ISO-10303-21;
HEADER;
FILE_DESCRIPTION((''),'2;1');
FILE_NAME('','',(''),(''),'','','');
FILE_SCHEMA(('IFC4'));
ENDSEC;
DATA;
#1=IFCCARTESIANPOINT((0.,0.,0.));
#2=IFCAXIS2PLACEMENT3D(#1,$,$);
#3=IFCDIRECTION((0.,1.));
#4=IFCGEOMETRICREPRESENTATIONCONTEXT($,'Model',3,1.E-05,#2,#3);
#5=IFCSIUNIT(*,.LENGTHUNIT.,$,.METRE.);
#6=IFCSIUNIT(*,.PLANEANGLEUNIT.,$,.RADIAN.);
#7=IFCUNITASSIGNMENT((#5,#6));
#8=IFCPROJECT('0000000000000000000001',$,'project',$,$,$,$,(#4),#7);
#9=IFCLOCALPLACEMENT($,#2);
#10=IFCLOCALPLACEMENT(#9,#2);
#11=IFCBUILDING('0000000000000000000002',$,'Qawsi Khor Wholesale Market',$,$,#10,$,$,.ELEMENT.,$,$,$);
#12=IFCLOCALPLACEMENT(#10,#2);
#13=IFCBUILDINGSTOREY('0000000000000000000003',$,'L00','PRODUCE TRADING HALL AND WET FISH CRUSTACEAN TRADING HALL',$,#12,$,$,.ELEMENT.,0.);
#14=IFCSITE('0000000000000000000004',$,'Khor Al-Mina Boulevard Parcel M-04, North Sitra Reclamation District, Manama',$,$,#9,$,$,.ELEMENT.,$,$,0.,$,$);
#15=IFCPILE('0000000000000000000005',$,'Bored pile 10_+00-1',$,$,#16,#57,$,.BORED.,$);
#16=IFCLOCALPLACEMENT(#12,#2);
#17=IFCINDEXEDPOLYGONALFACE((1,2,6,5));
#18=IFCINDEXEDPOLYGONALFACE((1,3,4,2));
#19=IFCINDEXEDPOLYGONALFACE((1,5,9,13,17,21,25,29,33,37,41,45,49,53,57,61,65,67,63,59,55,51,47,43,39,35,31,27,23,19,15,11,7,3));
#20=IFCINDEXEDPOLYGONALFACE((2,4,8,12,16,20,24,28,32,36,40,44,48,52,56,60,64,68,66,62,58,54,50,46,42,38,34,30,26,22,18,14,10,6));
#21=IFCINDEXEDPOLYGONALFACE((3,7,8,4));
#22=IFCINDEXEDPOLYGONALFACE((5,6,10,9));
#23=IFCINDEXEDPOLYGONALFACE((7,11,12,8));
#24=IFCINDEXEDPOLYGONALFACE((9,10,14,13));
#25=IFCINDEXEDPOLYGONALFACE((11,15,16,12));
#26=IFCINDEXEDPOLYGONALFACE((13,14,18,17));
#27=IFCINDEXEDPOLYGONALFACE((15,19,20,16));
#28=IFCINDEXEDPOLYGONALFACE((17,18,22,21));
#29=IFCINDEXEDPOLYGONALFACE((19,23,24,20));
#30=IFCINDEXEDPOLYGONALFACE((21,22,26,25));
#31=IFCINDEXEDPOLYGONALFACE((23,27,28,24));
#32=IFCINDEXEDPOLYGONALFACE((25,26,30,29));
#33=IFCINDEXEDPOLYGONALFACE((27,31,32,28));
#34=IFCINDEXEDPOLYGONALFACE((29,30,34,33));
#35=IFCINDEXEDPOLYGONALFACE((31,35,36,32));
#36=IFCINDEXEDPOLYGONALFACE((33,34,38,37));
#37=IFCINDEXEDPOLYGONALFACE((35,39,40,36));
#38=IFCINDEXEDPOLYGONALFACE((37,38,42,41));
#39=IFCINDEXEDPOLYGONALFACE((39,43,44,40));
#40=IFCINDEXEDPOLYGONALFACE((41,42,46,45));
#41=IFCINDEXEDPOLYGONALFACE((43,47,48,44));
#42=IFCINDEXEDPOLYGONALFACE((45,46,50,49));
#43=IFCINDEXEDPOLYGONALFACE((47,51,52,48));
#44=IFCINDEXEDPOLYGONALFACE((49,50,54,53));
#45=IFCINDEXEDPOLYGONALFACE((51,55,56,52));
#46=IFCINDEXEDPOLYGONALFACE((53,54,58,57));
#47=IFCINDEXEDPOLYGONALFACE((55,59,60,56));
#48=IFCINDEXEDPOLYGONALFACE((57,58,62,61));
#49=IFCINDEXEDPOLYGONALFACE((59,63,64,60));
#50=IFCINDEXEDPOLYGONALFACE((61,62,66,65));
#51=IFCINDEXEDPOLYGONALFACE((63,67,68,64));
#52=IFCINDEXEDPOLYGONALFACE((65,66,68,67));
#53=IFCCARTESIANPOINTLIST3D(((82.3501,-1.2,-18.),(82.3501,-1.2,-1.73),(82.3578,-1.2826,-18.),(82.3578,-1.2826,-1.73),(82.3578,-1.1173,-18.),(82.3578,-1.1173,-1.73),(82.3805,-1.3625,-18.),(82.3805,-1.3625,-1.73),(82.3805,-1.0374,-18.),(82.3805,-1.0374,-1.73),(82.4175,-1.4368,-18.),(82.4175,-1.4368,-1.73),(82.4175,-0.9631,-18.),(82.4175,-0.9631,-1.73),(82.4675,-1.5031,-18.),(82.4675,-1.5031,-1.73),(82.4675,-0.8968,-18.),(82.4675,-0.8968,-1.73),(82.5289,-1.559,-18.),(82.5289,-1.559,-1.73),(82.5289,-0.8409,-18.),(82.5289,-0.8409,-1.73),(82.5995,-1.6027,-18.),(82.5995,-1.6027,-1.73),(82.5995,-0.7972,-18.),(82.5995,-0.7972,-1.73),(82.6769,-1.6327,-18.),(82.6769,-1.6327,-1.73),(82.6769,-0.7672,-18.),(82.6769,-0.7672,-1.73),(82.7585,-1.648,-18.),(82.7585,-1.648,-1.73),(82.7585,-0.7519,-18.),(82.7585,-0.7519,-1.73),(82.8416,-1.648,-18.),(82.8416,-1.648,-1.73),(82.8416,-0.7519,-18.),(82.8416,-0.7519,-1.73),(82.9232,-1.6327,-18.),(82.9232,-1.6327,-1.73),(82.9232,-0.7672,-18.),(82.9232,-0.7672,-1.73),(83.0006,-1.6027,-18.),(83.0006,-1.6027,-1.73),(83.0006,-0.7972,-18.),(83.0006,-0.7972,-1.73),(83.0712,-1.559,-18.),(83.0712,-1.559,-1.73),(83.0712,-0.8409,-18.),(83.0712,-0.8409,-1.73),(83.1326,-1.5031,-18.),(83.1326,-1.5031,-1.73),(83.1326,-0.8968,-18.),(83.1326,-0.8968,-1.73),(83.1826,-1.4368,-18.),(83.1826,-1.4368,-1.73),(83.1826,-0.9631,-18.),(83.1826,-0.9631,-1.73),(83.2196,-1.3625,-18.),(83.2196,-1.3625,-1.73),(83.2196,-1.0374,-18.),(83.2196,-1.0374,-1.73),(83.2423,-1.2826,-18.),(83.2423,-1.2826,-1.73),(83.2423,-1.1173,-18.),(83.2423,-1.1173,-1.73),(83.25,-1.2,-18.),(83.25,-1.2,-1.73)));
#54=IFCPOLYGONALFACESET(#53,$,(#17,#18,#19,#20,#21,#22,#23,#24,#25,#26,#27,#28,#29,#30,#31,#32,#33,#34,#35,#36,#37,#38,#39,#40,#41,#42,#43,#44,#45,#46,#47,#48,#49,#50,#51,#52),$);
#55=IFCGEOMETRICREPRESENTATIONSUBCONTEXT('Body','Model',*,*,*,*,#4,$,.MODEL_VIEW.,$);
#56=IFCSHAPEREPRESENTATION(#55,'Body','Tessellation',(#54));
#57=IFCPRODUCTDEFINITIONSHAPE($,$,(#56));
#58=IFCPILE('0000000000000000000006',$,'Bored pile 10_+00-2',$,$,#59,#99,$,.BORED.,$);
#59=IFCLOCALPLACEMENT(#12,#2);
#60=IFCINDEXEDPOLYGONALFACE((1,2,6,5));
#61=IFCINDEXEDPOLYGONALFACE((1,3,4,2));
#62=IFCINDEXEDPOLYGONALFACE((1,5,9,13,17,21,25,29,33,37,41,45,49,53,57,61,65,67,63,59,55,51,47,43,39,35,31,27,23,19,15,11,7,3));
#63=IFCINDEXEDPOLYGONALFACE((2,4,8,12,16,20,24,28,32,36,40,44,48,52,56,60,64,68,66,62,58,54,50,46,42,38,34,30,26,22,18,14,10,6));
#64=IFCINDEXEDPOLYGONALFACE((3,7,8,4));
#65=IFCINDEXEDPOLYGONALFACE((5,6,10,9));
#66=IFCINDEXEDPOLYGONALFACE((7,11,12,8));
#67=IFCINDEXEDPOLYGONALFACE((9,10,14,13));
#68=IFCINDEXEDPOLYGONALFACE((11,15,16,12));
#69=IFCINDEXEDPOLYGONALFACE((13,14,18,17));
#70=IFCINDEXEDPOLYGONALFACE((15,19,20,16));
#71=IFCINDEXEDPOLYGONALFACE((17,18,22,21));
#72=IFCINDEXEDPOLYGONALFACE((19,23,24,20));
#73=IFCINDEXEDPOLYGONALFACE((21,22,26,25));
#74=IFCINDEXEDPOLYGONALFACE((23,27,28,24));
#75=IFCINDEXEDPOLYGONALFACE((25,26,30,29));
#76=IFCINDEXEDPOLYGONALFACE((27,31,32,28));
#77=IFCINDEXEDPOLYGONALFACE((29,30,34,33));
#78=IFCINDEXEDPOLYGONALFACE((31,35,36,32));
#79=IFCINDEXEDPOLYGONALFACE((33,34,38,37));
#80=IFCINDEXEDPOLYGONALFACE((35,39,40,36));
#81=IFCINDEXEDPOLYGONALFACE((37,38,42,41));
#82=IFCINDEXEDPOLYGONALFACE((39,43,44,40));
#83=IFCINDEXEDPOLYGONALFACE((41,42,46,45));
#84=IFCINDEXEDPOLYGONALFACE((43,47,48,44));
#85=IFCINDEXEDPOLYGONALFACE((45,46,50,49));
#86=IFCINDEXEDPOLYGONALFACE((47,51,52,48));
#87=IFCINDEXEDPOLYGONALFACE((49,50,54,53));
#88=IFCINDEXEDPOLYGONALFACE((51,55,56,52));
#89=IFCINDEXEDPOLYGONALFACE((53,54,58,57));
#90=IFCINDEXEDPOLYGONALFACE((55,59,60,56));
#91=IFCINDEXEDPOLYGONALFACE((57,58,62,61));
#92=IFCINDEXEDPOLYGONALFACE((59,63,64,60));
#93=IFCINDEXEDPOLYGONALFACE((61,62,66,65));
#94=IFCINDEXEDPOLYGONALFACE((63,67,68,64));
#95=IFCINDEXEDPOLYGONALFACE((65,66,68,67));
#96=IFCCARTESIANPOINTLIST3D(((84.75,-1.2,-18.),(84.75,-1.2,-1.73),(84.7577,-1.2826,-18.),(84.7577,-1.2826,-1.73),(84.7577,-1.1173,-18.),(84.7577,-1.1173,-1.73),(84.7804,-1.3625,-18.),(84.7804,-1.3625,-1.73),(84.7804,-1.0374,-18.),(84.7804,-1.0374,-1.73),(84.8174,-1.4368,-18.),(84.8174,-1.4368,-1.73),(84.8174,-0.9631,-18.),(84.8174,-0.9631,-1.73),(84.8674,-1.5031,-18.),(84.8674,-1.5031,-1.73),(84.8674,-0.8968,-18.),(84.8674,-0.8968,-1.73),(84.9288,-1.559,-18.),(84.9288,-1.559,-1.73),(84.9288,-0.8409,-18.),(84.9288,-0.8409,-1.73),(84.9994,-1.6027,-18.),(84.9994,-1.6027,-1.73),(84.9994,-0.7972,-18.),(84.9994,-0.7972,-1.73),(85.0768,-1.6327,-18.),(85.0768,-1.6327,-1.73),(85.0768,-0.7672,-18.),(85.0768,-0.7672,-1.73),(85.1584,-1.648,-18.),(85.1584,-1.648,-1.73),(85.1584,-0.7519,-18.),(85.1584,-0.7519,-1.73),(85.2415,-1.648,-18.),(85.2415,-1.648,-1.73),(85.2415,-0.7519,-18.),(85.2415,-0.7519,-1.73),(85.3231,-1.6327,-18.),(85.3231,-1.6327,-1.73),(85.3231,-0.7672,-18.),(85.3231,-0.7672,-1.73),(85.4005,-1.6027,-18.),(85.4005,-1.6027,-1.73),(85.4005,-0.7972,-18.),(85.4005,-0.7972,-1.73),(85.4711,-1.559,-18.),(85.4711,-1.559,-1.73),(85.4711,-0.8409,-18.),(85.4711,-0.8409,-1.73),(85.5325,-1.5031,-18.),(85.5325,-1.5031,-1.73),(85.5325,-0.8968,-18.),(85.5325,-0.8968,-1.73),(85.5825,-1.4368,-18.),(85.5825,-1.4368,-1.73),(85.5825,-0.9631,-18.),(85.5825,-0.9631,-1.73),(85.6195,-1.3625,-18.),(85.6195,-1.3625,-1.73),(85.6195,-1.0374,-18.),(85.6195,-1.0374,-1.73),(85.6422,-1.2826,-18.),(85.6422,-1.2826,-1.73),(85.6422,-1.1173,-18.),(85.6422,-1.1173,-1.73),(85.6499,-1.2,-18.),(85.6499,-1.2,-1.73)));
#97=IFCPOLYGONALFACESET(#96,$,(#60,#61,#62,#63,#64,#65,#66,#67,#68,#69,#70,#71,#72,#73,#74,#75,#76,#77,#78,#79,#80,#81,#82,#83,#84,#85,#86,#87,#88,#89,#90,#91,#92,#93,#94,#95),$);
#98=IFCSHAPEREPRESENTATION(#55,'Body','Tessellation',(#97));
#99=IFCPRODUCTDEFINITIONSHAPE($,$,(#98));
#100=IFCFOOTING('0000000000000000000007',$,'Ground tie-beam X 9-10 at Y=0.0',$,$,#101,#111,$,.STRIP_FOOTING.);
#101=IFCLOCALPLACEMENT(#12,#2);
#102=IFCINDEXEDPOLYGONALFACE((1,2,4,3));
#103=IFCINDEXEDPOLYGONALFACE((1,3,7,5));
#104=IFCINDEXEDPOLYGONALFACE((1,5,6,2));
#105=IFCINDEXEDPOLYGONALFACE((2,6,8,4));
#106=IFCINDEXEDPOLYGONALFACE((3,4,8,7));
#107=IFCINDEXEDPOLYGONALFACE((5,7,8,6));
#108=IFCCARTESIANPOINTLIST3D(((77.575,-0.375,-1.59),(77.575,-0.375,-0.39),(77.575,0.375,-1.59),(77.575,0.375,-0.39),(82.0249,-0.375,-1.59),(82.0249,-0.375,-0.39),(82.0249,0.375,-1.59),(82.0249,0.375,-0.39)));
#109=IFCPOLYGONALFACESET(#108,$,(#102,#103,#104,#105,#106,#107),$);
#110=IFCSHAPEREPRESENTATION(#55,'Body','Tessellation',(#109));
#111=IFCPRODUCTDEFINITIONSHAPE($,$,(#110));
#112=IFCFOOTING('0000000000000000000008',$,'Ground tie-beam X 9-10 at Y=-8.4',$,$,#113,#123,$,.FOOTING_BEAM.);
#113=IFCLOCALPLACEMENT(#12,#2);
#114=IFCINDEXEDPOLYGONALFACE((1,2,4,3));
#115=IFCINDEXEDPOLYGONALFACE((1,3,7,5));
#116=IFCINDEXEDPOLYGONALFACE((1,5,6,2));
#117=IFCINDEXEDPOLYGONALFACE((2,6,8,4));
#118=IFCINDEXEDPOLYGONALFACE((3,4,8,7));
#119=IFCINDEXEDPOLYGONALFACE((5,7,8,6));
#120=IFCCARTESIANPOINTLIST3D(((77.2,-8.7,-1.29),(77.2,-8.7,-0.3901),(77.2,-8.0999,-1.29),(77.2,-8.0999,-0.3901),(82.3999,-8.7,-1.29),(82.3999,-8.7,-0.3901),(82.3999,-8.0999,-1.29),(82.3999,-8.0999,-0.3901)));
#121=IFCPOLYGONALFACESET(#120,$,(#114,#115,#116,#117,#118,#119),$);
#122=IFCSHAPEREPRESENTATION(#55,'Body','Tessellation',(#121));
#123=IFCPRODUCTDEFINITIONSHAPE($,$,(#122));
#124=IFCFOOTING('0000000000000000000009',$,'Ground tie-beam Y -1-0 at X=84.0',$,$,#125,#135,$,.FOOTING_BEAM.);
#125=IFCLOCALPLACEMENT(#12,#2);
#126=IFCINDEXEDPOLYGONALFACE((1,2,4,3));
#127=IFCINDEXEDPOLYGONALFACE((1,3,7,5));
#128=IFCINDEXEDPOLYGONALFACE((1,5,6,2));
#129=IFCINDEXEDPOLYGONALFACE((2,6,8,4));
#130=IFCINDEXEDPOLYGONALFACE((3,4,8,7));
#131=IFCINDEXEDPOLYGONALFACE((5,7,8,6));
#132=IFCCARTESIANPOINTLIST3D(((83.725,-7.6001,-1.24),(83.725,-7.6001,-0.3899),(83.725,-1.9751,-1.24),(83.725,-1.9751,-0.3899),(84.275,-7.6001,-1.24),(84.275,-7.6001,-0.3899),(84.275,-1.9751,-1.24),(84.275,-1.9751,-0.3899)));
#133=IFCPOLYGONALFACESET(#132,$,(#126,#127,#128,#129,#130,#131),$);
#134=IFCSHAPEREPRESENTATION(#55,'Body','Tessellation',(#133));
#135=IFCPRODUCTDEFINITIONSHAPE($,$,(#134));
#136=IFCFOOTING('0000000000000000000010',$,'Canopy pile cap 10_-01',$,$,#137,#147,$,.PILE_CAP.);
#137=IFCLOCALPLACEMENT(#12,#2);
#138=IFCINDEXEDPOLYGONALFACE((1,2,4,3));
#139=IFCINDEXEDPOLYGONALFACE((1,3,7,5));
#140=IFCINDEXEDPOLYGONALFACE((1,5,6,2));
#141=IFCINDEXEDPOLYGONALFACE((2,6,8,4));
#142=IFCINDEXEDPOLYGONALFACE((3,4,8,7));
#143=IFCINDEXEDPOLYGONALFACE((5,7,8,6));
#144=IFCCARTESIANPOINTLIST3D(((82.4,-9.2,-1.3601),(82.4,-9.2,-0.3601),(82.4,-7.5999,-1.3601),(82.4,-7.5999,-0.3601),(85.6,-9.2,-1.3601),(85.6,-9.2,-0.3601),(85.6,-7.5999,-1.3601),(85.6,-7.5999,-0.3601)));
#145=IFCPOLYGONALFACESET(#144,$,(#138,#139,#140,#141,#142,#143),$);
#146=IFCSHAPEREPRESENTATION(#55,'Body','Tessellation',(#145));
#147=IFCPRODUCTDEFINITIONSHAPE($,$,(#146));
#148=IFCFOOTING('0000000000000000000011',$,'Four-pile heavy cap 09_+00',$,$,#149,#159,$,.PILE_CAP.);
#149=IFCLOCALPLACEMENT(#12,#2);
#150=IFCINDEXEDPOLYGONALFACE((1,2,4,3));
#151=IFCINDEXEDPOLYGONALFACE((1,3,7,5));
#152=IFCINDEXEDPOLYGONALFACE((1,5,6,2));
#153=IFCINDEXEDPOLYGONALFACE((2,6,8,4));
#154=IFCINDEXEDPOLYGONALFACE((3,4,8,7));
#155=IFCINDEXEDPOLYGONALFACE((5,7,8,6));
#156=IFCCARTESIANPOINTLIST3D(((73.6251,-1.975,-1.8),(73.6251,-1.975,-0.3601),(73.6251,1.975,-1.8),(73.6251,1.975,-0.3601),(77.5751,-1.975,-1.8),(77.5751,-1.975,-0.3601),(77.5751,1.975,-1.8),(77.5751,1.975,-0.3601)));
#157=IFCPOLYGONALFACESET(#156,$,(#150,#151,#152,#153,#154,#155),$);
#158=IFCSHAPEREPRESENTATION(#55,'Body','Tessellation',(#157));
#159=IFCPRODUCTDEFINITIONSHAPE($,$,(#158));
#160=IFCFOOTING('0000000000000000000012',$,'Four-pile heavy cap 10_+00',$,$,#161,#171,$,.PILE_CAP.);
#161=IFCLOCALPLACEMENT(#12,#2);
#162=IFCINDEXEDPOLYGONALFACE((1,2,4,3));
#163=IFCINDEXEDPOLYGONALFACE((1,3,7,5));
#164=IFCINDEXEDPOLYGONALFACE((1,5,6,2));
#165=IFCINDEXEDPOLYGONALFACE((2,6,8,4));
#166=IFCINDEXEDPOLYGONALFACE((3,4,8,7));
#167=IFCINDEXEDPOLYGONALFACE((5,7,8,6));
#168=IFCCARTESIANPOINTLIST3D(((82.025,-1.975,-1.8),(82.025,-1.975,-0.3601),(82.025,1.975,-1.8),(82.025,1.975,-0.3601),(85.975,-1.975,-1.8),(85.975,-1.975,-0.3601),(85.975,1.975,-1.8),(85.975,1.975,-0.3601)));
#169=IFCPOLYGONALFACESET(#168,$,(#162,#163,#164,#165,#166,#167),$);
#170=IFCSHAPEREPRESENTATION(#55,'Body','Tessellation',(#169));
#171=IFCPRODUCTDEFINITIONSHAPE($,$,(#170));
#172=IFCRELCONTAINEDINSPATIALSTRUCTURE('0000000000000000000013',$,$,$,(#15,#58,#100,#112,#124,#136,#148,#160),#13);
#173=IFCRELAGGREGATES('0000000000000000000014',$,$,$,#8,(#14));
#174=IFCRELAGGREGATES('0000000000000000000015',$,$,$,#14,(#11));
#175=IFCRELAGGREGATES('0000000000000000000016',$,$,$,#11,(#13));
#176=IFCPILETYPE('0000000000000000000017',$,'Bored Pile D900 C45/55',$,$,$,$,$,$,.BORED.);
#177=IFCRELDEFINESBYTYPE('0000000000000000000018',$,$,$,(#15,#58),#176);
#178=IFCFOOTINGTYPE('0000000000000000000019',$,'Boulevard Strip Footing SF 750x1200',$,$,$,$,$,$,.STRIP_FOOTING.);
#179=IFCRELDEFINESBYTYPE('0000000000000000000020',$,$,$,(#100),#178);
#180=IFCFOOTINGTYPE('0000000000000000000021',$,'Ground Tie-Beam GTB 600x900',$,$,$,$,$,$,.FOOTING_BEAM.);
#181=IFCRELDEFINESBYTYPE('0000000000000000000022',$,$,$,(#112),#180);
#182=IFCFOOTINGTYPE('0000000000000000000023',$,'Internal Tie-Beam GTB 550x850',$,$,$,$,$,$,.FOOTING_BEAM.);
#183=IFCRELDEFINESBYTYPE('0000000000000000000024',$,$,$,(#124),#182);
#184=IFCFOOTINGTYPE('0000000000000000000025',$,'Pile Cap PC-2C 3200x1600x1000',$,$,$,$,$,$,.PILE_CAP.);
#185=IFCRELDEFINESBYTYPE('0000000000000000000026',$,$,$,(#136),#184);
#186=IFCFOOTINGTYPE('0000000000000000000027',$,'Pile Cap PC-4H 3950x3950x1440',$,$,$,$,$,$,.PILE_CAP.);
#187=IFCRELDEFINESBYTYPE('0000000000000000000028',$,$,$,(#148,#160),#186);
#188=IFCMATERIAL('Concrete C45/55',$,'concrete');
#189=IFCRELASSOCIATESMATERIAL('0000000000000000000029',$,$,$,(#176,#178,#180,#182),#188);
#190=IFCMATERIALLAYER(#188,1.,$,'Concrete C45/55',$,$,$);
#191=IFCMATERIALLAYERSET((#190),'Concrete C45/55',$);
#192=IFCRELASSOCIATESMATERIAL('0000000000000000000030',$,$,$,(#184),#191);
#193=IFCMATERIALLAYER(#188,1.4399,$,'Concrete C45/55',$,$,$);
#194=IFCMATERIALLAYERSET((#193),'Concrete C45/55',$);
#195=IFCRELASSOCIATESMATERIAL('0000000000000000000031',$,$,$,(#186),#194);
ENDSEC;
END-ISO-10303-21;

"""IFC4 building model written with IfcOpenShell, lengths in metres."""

from ifc_helpers import new_model, si_unit, direction, frame, origin, origin_2d, place, context, subcontext, project, spatial, rectangle, circle, extrude, material, layer, layer_set, material_profile, profile_set, type_object, element, save


model = new_model("IFC4")

# Units and contexts
model_context = context("Model", 3, precision=1e-05, world=origin(), true_north=direction((0.0, 1.0)))
body_context = subcontext(model_context, "Body", "Model", "MODEL_VIEW")
ifc_project = project(units=[si_unit("LENGTHUNIT", "METRE"), si_unit("PLANEANGLEUNIT", "RADIAN")], contexts=[model_context])

# Site, building, storey
site_placement = place(None, origin())
site = spatial("IfcSite", under=ifc_project, at=site_placement, Name="Khor Al-Mina Boulevard Parcel M-04, North Sitra Reclamation District, Manama", CompositionType="ELEMENT", RefElevation=0.0)
building_placement = place(site_placement, origin())
building = spatial("IfcBuilding", under=site, at=building_placement, Name="Qawsi Khor Wholesale Market", CompositionType="ELEMENT")
storey_placement = place(building_placement, origin())
storey = spatial("IfcBuildingStorey", under=building, at=storey_placement, Name="L00", Description="PRODUCE TRADING HALL AND WET FISH CRUSTACEAN TRADING HALL", CompositionType="ELEMENT", Elevation=0.0)

# Piles
ifc_material_1 = material(Name="Concrete C45/55", Category="concrete")
ifc_material_profile_1 = material_profile(ifc_material_1, circle(Radius=0.45, at=origin_2d()), Name="PILE D900")
ifc_profile_set_1 = profile_set([ifc_material_profile_1], Name="Concrete C45/55")
pile_type_1 = type_object("IfcPileType", Name="Bored Pile D900 C45/55", PredefinedType="BORED", material=ifc_profile_set_1)
for number, where, z_axis, x_axis, name in (
    (1, (82.8, -1.2, -1.73), (0.0, 0.0, -1.0), (1.0, 0.0, 0.0), "Bored pile 10_+00-1"),
    (2, (85.2, -1.2, -1.73), (0.0, 0.0, -1.0), (1.0, 0.0, 0.0), "Bored pile 10_+00-2"),
):
    element("IfcPile", number, at=place(storey_placement, frame(where, z_axis=z_axis, x_axis=x_axis)), inside=storey, type_object=pile_type_1, Name=name, PredefinedType="BORED", context=body_context, shape_type="SweptSolid", body=[
        extrude(circle(Radius=0.45, at=origin_2d()), origin(), (0.0, 0.0, 1.0), 16.27),
    ])

# Footings
ifc_material_profile_2 = material_profile(ifc_material_1, rectangle(XDim=0.75, YDim=1.2, at=origin_2d()), Name="RC 750x1200")
ifc_profile_set_2 = profile_set([ifc_material_profile_2], Name="Concrete C45/55")
footing_type_1 = type_object("IfcFootingType", Name="Boulevard Strip Footing SF 750x1200", PredefinedType="STRIP_FOOTING", material=ifc_profile_set_2)
footing_1_placement = place(storey_placement, frame((77.575, 0.0, -0.99), z_axis=(1.0, 0.0, 0.0), x_axis=(0.0, 1.0, 0.0)))
element("IfcFooting", 3, at=footing_1_placement, inside=storey, type_object=footing_type_1, Name="Ground tie-beam X 9-10 at Y=0.0", PredefinedType="STRIP_FOOTING", context=body_context, shape_type="SweptSolid", body=[
    extrude(rectangle(XDim=0.75, YDim=1.2, at=origin_2d()), origin(), (0.0, 0.0, 1.0), 4.45),
])
ifc_material_profile_3 = material_profile(ifc_material_1, rectangle(XDim=0.6001, YDim=0.8999, at=origin_2d()), Name="RC 600x900")
ifc_profile_set_3 = profile_set([ifc_material_profile_3], Name="Concrete C45/55")
footing_type_2 = type_object("IfcFootingType", Name="Ground Tie-Beam GTB 600x900", PredefinedType="FOOTING_BEAM", material=ifc_profile_set_3)
footing_2_placement = place(storey_placement, frame((77.2, -8.3999, -0.8401), z_axis=(1.0, 0.0, 0.0), x_axis=(0.0, 1.0, 0.0)))
element("IfcFooting", 4, at=footing_2_placement, inside=storey, type_object=footing_type_2, Name="Ground tie-beam X 9-10 at Y=-8.4", PredefinedType="FOOTING_BEAM", context=body_context, shape_type="SweptSolid", body=[
    extrude(rectangle(XDim=0.6001, YDim=0.8999, at=origin_2d()), origin(), (0.0, 0.0, 1.0), 5.2),
])
ifc_material_profile_4 = material_profile(ifc_material_1, rectangle(XDim=0.55, YDim=0.8501, at=origin_2d()), Name="RC 550x850")
ifc_profile_set_4 = profile_set([ifc_material_profile_4], Name="Concrete C45/55")
footing_type_3 = type_object("IfcFootingType", Name="Internal Tie-Beam GTB 550x850", PredefinedType="FOOTING_BEAM", material=ifc_profile_set_4)
footing_3_placement = place(storey_placement, frame((84.0, -7.6001, -0.8149), z_axis=(0.0, 1.0, 0.0), x_axis=(-1.0, 0.0, 0.0)))
element("IfcFooting", 5, at=footing_3_placement, inside=storey, type_object=footing_type_3, Name="Ground tie-beam Y -1-0 at X=84.0", PredefinedType="FOOTING_BEAM", context=body_context, shape_type="SweptSolid", body=[
    extrude(rectangle(XDim=0.55, YDim=0.8501, at=origin_2d()), origin(), (0.0, 0.0, 1.0), 5.625),
])
ifc_layer_1 = layer(ifc_material_1, 1.0, Name="Concrete C45/55")
ifc_layer_set_1 = layer_set([ifc_layer_1], Name="Concrete C45/55")
footing_type_4 = type_object("IfcFootingType", Name="Pile Cap PC-2C 3200x1600x1000", PredefinedType="PILE_CAP", material=ifc_layer_set_1)
footing_4_placement = place(storey_placement, frame((84.0, -8.3999, -1.3601), z_axis=(0.0, 0.0, 1.0), x_axis=(1.0, 0.0, 0.0)))
element("IfcFooting", 6, at=footing_4_placement, inside=storey, type_object=footing_type_4, Name="Canopy pile cap 10_-01", PredefinedType="PILE_CAP", context=body_context, shape_type="SweptSolid", body=[
    extrude(rectangle(XDim=3.2, YDim=1.6001, at=origin_2d()), origin(), (0.0, 0.0, 1.0), 1.0),
])
ifc_layer_2 = layer(ifc_material_1, 1.4399, Name="Concrete C45/55")
ifc_layer_set_2 = layer_set([ifc_layer_2], Name="Concrete C45/55")
footing_type_5 = type_object("IfcFootingType", Name="Pile Cap PC-4H 3950x3950x1440", PredefinedType="PILE_CAP", material=ifc_layer_set_2)
for number, where, z_axis, x_axis, name in (
    (7, (75.6001, 0.0, -1.8), (0.0, 0.0, 1.0), (1.0, 0.0, 0.0), "Four-pile heavy cap 09_+00"),
    (8, (84.0, 0.0, -1.8), (0.0, 0.0, 1.0), (1.0, 0.0, 0.0), "Four-pile heavy cap 10_+00"),
):
    element("IfcFooting", number, at=place(storey_placement, frame(where, z_axis=z_axis, x_axis=x_axis)), inside=storey, type_object=footing_type_5, Name=name, PredefinedType="PILE_CAP", context=body_context, shape_type="SweptSolid", body=[
        extrude(rectangle(XDim=3.95, YDim=3.95, at=origin_2d()), origin(), (0.0, 0.0, 1.0), 1.4399),
    ])

save(model, "model.ifc")
